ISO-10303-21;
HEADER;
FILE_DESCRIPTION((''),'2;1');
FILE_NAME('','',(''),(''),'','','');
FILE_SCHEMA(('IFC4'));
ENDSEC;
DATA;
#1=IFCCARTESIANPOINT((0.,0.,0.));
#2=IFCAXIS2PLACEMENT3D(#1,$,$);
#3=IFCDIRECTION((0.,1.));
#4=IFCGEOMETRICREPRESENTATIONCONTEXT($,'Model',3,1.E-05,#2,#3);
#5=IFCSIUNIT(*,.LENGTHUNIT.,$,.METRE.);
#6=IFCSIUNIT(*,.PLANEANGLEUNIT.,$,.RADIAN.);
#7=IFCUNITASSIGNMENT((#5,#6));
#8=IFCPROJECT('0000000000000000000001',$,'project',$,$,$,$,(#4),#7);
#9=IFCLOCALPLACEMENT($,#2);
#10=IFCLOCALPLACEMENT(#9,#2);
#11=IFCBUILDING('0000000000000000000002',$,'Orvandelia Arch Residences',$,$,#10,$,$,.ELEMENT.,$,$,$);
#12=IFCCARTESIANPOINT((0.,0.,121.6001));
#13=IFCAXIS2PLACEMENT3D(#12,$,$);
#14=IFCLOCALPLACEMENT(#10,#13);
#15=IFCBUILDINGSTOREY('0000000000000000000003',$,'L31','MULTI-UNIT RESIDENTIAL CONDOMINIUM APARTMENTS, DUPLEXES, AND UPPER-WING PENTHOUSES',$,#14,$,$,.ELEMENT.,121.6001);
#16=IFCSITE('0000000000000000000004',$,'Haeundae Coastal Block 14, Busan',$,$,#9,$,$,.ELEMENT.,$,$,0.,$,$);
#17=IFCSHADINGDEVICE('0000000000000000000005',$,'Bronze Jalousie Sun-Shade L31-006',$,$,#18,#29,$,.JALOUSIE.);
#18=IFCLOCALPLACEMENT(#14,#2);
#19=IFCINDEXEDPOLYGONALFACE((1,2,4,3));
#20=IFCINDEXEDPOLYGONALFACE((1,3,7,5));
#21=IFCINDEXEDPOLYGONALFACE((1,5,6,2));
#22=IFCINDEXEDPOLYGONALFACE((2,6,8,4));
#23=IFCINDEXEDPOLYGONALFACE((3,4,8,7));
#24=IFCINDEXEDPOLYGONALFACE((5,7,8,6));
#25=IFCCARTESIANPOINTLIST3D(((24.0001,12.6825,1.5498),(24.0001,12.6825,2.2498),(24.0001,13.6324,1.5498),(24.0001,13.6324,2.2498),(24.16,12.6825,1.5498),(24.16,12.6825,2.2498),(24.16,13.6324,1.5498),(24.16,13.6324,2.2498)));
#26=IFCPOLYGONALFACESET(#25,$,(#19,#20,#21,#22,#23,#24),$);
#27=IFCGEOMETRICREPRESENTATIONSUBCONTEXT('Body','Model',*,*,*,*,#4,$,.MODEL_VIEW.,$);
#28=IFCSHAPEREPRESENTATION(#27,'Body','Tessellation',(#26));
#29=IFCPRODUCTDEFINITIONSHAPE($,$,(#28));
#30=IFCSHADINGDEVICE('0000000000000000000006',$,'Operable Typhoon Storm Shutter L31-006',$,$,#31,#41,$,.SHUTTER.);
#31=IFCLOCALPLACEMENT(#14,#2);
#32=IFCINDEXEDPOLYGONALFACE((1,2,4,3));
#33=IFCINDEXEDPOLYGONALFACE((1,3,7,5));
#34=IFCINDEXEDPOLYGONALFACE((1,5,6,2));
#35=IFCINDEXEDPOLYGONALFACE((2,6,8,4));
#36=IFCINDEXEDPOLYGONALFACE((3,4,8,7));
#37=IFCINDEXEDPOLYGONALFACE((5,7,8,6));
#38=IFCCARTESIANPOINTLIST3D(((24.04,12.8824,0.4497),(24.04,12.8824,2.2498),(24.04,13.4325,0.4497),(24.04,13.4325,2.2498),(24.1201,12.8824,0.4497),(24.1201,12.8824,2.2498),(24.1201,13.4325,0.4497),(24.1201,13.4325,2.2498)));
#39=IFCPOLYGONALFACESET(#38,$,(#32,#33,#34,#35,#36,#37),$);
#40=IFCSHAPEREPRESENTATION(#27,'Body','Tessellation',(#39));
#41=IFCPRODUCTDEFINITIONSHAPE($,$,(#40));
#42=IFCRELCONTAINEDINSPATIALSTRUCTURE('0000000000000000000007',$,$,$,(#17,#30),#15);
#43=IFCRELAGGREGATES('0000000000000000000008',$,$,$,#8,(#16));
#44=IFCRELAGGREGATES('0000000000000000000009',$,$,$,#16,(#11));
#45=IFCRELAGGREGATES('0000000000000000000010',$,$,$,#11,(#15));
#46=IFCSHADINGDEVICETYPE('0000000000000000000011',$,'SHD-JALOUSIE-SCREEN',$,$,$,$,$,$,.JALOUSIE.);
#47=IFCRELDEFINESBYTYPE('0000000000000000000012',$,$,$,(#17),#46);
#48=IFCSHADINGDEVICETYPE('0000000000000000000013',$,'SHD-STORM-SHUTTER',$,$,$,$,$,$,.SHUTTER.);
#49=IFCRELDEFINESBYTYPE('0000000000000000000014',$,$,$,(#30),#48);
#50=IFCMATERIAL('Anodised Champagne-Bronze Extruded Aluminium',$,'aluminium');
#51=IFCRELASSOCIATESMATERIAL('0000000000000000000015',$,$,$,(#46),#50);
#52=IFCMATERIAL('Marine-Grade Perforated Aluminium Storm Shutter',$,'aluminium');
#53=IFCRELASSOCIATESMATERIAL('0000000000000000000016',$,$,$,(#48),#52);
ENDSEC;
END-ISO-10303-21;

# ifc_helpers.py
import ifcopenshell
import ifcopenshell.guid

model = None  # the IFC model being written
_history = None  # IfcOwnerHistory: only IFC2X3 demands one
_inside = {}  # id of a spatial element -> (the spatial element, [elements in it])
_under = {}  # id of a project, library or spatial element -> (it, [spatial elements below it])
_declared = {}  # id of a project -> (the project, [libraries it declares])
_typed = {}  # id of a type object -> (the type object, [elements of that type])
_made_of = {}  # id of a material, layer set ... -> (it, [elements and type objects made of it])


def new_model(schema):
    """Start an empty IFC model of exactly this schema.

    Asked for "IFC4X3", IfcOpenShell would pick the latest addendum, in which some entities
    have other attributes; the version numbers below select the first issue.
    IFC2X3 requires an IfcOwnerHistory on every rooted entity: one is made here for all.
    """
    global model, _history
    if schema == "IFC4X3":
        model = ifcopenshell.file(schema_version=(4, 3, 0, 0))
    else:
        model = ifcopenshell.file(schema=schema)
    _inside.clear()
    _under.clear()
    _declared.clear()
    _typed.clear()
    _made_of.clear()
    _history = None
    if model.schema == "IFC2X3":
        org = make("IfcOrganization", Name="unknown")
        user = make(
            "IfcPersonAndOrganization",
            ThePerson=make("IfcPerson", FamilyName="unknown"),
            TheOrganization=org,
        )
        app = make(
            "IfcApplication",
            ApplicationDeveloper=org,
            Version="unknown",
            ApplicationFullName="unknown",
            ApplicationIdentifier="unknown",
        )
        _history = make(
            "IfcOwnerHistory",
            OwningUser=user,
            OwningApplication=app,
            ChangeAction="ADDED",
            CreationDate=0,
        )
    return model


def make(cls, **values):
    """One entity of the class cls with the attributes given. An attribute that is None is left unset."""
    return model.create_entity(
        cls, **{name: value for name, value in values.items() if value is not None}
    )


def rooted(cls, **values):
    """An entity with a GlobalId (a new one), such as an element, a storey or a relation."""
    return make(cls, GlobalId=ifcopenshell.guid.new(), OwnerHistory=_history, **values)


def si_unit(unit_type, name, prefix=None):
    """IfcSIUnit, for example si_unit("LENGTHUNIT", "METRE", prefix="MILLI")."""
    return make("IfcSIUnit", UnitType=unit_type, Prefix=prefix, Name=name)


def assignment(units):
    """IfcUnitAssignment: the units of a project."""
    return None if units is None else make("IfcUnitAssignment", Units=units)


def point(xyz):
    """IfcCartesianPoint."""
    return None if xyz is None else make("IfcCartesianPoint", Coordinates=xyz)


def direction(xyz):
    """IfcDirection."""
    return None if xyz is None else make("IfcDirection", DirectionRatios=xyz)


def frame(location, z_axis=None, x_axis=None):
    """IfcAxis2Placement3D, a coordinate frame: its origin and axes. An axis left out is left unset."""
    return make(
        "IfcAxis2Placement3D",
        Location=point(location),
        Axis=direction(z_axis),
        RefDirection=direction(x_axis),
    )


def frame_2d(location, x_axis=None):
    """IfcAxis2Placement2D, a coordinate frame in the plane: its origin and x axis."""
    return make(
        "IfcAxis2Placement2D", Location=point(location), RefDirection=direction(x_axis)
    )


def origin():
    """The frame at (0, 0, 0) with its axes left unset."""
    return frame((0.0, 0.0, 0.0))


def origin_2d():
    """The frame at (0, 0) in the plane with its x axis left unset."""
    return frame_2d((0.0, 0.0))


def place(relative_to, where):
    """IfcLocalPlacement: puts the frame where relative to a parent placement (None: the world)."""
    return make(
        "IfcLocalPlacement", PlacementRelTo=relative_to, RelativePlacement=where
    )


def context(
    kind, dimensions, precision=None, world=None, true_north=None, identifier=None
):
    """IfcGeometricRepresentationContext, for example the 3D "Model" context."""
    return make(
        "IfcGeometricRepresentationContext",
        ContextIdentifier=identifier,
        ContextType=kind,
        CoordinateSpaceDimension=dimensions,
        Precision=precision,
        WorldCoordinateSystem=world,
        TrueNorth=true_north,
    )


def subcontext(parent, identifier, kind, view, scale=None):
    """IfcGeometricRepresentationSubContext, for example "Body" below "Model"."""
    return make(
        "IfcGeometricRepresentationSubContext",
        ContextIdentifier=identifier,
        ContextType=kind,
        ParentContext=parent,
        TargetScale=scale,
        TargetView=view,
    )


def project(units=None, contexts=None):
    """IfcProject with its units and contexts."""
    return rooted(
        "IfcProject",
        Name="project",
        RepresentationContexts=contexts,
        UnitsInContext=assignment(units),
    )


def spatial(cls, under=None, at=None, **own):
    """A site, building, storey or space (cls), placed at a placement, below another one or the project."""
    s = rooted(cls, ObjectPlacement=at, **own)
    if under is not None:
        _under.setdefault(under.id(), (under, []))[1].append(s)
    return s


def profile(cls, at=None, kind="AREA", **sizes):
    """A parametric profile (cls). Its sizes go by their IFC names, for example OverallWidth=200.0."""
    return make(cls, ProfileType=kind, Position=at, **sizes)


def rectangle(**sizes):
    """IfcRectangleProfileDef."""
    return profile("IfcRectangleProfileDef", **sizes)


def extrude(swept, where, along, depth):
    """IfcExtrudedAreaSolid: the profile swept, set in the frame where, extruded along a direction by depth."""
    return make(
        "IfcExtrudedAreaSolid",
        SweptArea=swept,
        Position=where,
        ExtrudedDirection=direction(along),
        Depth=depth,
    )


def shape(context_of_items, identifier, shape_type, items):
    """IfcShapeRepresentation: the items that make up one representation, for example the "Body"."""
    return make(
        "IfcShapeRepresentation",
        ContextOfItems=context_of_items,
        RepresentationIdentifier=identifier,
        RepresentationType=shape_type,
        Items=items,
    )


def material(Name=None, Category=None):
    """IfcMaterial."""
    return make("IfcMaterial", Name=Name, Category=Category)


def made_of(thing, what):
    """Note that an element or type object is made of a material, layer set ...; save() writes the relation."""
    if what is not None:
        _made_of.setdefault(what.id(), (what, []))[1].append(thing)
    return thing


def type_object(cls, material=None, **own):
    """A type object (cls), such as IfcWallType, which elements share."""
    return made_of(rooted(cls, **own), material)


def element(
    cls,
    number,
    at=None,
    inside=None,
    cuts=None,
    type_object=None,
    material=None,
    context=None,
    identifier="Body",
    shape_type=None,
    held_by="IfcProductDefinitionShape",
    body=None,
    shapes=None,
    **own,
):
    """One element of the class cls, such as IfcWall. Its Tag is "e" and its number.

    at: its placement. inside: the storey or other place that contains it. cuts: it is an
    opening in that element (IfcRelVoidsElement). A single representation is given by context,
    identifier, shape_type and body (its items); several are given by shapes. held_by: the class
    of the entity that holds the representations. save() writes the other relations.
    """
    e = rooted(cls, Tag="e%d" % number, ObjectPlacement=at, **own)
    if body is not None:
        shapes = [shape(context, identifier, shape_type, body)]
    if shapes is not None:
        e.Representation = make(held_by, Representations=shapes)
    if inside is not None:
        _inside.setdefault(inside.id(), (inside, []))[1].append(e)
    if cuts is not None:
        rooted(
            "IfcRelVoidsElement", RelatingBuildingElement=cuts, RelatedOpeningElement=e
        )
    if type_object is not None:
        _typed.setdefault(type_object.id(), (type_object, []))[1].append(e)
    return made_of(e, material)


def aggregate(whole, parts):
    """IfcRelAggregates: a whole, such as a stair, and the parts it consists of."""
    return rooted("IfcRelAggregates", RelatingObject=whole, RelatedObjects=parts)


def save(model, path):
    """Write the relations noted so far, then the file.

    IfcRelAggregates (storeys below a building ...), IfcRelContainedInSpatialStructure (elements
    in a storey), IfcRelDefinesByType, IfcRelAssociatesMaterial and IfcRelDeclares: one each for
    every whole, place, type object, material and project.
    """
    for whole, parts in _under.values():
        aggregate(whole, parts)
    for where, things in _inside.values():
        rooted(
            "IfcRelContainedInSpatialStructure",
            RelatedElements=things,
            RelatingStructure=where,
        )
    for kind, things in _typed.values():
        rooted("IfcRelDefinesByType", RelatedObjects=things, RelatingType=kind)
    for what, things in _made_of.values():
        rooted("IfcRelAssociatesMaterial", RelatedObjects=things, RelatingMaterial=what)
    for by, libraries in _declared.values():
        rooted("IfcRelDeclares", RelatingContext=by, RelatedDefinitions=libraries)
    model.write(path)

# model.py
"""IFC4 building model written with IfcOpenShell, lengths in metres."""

from ifc_helpers import new_model, si_unit, direction, frame, origin, origin_2d, place, context, subcontext, project, spatial, rectangle, extrude, material, type_object, element, save


model = new_model("IFC4")

# Units and contexts
model_context = context("Model", 3, precision=1e-05, world=origin(), true_north=direction((0.0, 1.0)))
body_context = subcontext(model_context, "Body", "Model", "MODEL_VIEW")
ifc_project = project(units=[si_unit("LENGTHUNIT", "METRE"), si_unit("PLANEANGLEUNIT", "RADIAN")], contexts=[model_context])

# Site, building, storey
site_placement = place(None, origin())
site = spatial("IfcSite", under=ifc_project, at=site_placement, Name="Haeundae Coastal Block 14, Busan", CompositionType="ELEMENT", RefElevation=0.0)
building_placement = place(site_placement, origin())
building = spatial("IfcBuilding", under=site, at=building_placement, Name="Orvandelia Arch Residences", CompositionType="ELEMENT")
storey_placement = place(building_placement, frame((0.0, 0.0, 121.6001)))
storey = spatial("IfcBuildingStorey", under=building, at=storey_placement, Name="L31", Description="MULTI-UNIT RESIDENTIAL CONDOMINIUM APARTMENTS, DUPLEXES, AND UPPER-WING PENTHOUSES", CompositionType="ELEMENT", Elevation=121.6001)

# Shading devices
ifc_material_1 = material(Name="Anodised Champagne-Bronze Extruded Aluminium", Category="aluminium")
shading_device_type_1 = type_object("IfcShadingDeviceType", Name="SHD-JALOUSIE-SCREEN", PredefinedType="JALOUSIE", material=ifc_material_1)
shading_device_1_placement = place(storey_placement, frame((24.0801, 13.1575, 1.5498), z_axis=(0.0, 0.0, 1.0), x_axis=(0.0, -1.0, 0.0)))
element("IfcShadingDevice", 1, at=shading_device_1_placement, inside=storey, type_object=shading_device_type_1, Name="Bronze Jalousie Sun-Shade L31-006", PredefinedType="JALOUSIE", context=body_context, shape_type="SweptSolid", body=[
    extrude(rectangle(XDim=0.95, YDim=0.1599, at=origin_2d()), origin(), (0.0, 0.0, 1.0), 0.7),
])
ifc_material_2 = material(Name="Marine-Grade Perforated Aluminium Storm Shutter", Category="aluminium")
shading_device_type_2 = type_object("IfcShadingDeviceType", Name="SHD-STORM-SHUTTER", PredefinedType="SHUTTER", material=ifc_material_2)
shading_device_2_placement = place(storey_placement, frame((24.0801, 13.1575, 0.4497), z_axis=(0.0, 0.0, 1.0), x_axis=(0.0, -1.0, 0.0)))
element("IfcShadingDevice", 2, at=shading_device_2_placement, inside=storey, type_object=shading_device_type_2, Name="Operable Typhoon Storm Shutter L31-006", PredefinedType="SHUTTER", context=body_context, shape_type="SweptSolid", body=[
    extrude(rectangle(XDim=0.55, YDim=0.0801, at=origin_2d()), origin(), (0.0, 0.0, 1.0), 1.8),
])

save(model, "model.ifc")
